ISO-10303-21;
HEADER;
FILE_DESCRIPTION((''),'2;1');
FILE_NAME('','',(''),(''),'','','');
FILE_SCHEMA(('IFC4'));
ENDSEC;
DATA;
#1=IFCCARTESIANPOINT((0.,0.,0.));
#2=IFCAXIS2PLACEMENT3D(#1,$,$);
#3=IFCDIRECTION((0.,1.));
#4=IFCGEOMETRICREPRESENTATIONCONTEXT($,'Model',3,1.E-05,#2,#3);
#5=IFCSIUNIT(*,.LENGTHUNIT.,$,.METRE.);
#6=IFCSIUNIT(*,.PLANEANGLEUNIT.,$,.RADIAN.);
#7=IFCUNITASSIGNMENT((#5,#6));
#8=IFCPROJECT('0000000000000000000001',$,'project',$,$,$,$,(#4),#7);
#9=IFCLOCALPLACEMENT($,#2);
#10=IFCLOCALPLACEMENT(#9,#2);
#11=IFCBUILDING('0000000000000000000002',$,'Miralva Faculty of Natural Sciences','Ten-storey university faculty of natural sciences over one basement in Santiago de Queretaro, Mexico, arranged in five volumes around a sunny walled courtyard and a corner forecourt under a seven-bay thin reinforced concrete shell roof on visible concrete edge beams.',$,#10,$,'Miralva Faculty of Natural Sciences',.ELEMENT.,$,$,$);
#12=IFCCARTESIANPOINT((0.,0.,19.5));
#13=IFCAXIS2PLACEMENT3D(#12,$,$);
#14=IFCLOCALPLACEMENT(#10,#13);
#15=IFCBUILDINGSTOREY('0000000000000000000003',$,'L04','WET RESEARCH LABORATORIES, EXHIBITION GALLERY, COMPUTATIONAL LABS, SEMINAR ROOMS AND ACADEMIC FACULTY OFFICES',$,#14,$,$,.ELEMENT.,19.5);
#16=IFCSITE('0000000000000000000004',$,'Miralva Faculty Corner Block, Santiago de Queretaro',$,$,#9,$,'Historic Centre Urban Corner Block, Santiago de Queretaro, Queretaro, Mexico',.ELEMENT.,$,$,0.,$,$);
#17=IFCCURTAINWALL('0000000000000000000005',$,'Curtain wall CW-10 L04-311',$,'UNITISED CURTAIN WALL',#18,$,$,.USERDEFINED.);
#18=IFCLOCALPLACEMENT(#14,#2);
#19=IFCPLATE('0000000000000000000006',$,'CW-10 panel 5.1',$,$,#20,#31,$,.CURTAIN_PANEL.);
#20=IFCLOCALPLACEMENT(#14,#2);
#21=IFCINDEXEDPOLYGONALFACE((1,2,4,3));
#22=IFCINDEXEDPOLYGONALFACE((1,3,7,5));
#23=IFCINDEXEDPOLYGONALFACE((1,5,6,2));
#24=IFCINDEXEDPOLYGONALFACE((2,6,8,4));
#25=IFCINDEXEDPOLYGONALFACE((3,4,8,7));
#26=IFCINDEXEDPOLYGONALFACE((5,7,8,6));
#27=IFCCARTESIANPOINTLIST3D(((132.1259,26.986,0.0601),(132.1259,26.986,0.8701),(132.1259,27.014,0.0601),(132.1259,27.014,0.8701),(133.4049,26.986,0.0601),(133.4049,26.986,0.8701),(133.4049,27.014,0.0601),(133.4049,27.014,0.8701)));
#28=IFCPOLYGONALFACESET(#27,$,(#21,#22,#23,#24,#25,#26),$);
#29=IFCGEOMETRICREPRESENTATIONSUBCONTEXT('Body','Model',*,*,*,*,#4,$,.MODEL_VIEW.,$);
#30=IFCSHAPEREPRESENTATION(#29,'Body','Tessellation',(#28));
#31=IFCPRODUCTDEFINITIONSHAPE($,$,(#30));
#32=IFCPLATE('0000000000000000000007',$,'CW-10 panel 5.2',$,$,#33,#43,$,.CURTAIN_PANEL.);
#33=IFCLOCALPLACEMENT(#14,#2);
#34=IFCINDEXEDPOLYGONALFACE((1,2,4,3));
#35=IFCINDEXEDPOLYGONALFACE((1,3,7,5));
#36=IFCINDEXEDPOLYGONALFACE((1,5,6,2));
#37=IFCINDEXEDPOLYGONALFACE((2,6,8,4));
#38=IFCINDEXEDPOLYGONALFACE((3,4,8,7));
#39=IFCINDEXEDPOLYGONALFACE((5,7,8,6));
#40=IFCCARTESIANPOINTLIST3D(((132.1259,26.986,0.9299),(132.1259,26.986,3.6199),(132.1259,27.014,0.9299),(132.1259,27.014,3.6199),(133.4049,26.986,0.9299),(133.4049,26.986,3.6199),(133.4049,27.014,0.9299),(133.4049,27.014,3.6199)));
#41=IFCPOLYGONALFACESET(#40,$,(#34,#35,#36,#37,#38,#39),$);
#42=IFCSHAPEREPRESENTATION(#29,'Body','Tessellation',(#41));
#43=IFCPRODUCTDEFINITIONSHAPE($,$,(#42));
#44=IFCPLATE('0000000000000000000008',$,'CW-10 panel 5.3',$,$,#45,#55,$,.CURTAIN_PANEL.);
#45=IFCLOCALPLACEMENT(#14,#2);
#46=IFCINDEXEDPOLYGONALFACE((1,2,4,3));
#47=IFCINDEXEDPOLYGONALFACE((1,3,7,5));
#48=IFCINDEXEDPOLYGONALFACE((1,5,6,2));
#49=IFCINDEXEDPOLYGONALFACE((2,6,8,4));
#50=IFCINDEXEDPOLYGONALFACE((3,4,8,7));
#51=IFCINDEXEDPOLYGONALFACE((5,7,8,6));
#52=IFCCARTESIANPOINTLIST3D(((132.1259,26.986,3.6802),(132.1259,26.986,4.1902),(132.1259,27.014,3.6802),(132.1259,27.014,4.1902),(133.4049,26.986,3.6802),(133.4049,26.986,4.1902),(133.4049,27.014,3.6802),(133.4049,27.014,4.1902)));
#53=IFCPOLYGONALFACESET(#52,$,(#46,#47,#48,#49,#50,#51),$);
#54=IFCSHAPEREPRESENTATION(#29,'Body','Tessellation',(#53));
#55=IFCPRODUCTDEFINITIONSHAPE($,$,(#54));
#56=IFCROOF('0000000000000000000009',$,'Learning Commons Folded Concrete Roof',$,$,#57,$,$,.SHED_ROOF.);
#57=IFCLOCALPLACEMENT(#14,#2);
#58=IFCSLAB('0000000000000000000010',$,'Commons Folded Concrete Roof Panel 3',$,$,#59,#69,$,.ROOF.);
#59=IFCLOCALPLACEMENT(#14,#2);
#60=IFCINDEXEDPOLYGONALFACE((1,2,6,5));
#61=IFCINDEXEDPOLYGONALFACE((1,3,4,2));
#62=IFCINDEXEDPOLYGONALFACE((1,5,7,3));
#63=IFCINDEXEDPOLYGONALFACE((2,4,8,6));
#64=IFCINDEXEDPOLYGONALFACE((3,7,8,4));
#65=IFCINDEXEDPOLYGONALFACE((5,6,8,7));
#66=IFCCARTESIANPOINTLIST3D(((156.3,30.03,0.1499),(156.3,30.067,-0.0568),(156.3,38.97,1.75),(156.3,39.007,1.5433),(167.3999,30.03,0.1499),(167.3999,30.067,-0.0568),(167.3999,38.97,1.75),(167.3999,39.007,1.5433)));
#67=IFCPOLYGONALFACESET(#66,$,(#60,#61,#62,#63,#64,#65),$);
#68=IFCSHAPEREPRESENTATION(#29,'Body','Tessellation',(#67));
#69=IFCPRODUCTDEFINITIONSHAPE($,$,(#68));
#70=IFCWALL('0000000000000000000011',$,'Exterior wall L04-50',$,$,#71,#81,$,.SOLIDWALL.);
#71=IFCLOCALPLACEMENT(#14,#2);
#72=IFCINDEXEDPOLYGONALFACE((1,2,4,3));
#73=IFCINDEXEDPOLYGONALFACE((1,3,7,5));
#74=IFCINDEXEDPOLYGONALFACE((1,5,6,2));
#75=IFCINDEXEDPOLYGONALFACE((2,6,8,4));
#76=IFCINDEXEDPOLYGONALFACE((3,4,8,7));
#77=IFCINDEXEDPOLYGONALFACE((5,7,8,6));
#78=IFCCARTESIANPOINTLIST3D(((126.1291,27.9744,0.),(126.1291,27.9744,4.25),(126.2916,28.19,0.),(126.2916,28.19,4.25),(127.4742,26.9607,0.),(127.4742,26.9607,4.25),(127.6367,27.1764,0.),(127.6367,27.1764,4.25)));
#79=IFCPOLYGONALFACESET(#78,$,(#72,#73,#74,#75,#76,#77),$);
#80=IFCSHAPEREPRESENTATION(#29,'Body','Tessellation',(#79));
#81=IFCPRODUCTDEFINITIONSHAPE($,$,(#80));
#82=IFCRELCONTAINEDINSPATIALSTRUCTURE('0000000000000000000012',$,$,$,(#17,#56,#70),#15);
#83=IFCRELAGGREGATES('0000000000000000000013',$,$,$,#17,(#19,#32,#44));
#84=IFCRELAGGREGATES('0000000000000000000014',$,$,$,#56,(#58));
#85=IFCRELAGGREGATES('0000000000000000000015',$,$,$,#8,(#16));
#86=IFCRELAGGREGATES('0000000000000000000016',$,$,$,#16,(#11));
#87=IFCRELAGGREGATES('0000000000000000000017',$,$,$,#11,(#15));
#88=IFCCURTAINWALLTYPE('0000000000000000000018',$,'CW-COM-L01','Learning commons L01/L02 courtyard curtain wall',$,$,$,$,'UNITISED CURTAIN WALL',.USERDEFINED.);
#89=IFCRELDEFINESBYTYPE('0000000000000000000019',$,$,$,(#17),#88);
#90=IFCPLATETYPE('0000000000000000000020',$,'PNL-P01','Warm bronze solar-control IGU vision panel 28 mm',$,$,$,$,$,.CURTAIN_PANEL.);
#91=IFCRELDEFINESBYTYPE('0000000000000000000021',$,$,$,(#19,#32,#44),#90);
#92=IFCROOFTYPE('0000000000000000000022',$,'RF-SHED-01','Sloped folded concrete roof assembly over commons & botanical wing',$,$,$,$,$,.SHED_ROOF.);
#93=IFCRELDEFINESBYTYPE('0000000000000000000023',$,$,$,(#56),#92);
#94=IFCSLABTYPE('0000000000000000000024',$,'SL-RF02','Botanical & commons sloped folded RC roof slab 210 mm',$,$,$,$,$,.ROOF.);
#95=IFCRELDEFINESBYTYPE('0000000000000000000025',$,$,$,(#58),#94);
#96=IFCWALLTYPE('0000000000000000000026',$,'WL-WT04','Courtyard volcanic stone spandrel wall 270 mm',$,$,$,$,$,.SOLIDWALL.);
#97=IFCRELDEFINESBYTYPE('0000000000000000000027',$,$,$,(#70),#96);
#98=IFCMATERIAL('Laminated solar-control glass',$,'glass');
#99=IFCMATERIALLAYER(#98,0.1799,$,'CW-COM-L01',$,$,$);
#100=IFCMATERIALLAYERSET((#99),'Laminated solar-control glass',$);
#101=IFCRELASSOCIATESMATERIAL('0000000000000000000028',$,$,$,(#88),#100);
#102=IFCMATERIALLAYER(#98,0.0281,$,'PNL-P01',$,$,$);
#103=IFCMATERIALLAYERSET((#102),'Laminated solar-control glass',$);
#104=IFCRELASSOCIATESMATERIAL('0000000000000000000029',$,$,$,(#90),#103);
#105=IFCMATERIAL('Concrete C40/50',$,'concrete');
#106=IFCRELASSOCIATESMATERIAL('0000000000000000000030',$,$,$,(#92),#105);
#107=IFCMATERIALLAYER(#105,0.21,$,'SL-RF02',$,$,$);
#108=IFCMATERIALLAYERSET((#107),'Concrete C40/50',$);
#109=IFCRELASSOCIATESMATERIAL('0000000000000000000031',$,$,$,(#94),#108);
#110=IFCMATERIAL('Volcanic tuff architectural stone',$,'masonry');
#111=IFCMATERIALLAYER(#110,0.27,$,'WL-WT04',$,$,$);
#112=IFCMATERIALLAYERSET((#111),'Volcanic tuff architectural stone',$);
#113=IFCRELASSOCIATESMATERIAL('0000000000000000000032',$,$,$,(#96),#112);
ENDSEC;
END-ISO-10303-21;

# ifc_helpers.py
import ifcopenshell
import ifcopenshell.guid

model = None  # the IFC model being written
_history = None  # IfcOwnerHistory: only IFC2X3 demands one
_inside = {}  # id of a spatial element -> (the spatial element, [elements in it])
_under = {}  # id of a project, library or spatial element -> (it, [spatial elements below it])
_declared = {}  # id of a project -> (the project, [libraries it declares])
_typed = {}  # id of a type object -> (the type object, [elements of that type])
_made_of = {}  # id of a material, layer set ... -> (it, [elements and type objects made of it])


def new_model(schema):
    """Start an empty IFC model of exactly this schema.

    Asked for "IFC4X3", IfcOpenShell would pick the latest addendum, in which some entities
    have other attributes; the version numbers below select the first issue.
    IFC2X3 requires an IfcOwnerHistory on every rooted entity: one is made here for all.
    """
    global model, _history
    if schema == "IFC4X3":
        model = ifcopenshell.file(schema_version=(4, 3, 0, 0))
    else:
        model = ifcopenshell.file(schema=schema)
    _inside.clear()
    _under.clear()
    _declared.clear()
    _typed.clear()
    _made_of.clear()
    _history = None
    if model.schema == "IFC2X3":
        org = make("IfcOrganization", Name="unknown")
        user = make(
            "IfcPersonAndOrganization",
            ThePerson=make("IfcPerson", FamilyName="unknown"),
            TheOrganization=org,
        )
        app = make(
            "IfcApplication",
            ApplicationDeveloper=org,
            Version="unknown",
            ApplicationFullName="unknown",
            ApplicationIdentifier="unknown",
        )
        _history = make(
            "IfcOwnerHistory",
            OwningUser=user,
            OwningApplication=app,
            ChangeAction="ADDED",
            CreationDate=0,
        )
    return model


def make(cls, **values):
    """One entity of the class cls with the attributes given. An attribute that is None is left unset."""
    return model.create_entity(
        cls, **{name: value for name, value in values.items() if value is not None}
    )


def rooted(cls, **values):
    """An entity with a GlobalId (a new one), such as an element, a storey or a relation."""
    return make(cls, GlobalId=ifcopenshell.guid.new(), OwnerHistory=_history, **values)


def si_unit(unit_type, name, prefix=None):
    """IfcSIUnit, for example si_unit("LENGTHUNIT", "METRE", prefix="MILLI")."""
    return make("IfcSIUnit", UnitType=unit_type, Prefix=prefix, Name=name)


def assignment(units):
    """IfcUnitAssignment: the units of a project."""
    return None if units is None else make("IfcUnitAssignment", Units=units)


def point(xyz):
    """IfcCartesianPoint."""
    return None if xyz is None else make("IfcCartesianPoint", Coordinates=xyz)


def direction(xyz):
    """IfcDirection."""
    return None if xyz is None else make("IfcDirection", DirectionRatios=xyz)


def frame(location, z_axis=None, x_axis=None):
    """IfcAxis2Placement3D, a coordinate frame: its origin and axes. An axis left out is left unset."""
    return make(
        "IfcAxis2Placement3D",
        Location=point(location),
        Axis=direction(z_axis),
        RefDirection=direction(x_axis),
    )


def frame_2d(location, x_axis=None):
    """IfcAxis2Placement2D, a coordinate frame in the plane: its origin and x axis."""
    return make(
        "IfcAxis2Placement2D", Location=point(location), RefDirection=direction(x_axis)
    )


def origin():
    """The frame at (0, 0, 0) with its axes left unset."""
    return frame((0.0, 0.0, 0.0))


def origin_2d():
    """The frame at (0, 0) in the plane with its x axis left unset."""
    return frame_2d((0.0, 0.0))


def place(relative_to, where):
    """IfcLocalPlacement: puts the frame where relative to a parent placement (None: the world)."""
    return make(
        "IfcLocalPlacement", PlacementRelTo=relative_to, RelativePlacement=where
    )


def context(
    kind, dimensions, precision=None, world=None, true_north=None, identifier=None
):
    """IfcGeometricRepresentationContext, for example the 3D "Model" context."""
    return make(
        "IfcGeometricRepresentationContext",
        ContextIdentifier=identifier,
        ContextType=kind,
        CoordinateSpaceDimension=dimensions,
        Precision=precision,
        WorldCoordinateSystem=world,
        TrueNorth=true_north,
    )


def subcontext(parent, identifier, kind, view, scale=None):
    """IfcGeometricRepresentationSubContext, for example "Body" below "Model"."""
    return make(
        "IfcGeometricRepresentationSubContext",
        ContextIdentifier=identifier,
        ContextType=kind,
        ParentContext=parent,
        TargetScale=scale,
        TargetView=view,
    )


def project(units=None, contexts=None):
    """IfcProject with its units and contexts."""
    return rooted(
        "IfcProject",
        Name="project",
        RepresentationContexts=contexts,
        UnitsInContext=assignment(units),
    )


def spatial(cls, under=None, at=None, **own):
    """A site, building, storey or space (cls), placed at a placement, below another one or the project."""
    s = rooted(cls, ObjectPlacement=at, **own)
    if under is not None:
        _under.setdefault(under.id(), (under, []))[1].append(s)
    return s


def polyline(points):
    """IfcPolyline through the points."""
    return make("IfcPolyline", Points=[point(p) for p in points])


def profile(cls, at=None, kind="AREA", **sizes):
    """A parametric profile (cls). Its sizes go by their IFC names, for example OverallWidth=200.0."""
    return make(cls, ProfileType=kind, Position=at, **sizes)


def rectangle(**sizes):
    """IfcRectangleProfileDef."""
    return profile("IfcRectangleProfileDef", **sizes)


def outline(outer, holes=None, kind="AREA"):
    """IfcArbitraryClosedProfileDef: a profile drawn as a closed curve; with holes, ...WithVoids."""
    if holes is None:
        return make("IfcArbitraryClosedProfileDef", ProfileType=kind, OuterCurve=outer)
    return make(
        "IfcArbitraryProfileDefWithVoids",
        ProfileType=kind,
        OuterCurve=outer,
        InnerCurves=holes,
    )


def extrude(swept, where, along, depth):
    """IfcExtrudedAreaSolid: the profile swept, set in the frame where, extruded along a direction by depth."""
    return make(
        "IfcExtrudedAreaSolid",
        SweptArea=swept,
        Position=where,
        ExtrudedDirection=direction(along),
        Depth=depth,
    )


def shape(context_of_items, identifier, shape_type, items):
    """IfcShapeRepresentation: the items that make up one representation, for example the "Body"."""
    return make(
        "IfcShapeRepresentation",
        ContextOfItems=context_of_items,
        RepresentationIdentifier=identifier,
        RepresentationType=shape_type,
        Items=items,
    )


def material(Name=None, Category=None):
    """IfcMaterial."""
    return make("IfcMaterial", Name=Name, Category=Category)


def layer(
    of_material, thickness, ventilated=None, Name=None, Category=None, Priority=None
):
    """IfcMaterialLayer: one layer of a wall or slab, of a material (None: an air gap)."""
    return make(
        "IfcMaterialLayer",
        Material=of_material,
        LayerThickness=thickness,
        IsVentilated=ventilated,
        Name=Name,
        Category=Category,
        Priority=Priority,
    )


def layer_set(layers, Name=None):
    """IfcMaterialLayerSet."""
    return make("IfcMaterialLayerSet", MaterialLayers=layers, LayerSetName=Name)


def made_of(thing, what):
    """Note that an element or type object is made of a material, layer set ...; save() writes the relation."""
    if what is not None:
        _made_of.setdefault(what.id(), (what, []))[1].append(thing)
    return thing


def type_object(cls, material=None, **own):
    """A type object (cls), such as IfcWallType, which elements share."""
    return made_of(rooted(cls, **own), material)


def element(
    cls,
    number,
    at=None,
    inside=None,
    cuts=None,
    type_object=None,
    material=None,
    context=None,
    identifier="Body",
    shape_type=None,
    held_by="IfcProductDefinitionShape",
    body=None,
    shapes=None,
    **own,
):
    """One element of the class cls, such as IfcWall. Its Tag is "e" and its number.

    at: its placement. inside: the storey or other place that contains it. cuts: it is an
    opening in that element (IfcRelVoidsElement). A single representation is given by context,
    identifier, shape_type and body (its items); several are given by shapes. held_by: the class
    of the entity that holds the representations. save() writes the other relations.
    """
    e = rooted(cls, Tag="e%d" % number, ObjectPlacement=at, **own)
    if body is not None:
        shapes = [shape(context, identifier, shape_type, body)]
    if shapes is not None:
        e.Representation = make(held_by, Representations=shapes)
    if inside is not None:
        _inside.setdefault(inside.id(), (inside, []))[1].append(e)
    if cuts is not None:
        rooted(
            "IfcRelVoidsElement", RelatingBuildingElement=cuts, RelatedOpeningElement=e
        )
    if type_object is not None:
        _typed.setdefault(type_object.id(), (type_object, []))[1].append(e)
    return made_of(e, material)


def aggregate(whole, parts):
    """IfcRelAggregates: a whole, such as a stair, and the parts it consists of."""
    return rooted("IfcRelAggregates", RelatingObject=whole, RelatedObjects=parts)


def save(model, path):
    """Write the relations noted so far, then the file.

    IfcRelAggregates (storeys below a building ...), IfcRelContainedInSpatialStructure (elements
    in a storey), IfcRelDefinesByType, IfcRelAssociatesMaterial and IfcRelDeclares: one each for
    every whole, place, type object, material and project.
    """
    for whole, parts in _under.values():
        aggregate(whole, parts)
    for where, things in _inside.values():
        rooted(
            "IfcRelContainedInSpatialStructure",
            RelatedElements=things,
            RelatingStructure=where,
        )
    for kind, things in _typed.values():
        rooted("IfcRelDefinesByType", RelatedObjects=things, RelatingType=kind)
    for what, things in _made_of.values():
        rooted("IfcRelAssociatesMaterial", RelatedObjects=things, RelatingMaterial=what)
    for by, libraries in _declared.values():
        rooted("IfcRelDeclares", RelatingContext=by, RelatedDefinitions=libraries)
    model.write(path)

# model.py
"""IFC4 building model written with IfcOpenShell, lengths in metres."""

from ifc_helpers import new_model, si_unit, direction, frame, frame_2d, origin, origin_2d, place, context, subcontext, project, spatial, polyline, rectangle, outline, extrude, material, layer, layer_set, type_object, element, aggregate, save


model = new_model("IFC4")

# Units and contexts
model_context = context("Model", 3, precision=1e-05, world=origin(), true_north=direction((0.0, 1.0)))
body_context = subcontext(model_context, "Body", "Model", "MODEL_VIEW")
ifc_project = project(units=[si_unit("LENGTHUNIT", "METRE"), si_unit("PLANEANGLEUNIT", "RADIAN")], contexts=[model_context])

# Site, building, storey
site_placement = place(None, origin())
site = spatial("IfcSite", under=ifc_project, at=site_placement, Name="Miralva Faculty Corner Block, Santiago de Queretaro", LongName="Historic Centre Urban Corner Block, Santiago de Queretaro, Queretaro, Mexico", CompositionType="ELEMENT", RefElevation=0.0)
building_placement = place(site_placement, origin())
building = spatial("IfcBuilding", under=site, at=building_placement, Name="Miralva Faculty of Natural Sciences", Description="Ten-storey university faculty of natural sciences over one basement in Santiago de Queretaro, Mexico, arranged in five volumes around a sunny walled courtyard and a corner forecourt under a seven-bay thin reinforced concrete shell roof on visible concrete edge beams.", LongName="Miralva Faculty of Natural Sciences", CompositionType="ELEMENT")
storey_placement = place(building_placement, frame((0.0, 0.0, 19.5)))
storey = spatial("IfcBuildingStorey", under=building, at=storey_placement, Name="L04", Description="WET RESEARCH LABORATORIES, EXHIBITION GALLERY, COMPUTATIONAL LABS, SEMINAR ROOMS AND ACADEMIC FACULTY OFFICES", CompositionType="ELEMENT", Elevation=19.5)

# Shared definitions
ifc_material_1 = material(Name="Concrete C40/50", Category="concrete")

# Shared definitions
ifc_material_2 = material(Name="Laminated solar-control glass", Category="glass")

# Curtain wall
ifc_layer_1 = layer(ifc_material_2, 0.1799, Name="CW-COM-L01")
ifc_layer_set_1 = layer_set([ifc_layer_1], Name="Laminated solar-control glass")
curtain_wall_type_1 = type_object("IfcCurtainWallType", Name="CW-COM-L01", Description="Learning commons L01/L02 courtyard curtain wall", ElementType="UNITISED CURTAIN WALL", PredefinedType="USERDEFINED", material=ifc_layer_set_1)
curtain_wall_1_placement = place(storey_placement, origin())
curtain_wall_1 = element("IfcCurtainWall", 1, at=curtain_wall_1_placement, inside=storey, type_object=curtain_wall_type_1, Name="Curtain wall CW-10 L04-311", ObjectType="UNITISED CURTAIN WALL", PredefinedType="USERDEFINED")

# Plates
ifc_layer_2 = layer(ifc_material_2, 0.0281, Name="PNL-P01")
ifc_layer_set_2 = layer_set([ifc_layer_2], Name="Laminated solar-control glass")
plate_type = type_object("IfcPlateType", Name="PNL-P01", Description="Warm bronze solar-control IGU vision panel 28 mm", PredefinedType="CURTAIN_PANEL", material=ifc_layer_set_2)
plate_1_placement = place(storey_placement, frame((132.7654, 27.0, 0.0601), z_axis=(0.0, 0.0, 1.0), x_axis=(1.0, 0.0, 0.0)))
plate_1 = element("IfcPlate", 2, at=plate_1_placement, type_object=plate_type, Name="CW-10 panel 5.1", PredefinedType="CURTAIN_PANEL", context=body_context, shape_type="SweptSolid", body=[
    extrude(rectangle(XDim=1.2791, YDim=0.0281, at=origin_2d()), origin(), (0.0, 0.0, 1.0), 0.8101),
])
plate_2_placement = place(storey_placement, frame((132.7654, 27.0, 0.9299), z_axis=(0.0, 0.0, 1.0), x_axis=(1.0, 0.0, 0.0)))
plate_2 = element("IfcPlate", 3, at=plate_2_placement, type_object=plate_type, Name="CW-10 panel 5.2", PredefinedType="CURTAIN_PANEL", context=body_context, shape_type="SweptSolid", body=[
    extrude(rectangle(XDim=1.2791, YDim=0.0281, at=origin_2d()), origin(), (0.0, 0.0, 1.0), 2.6899),
])
plate_3_placement = place(storey_placement, frame((132.7654, 27.0, 3.6802), z_axis=(0.0, 0.0, 1.0), x_axis=(1.0, 0.0, 0.0)))
plate_3 = element("IfcPlate", 4, at=plate_3_placement, type_object=plate_type, Name="CW-10 panel 5.3", PredefinedType="CURTAIN_PANEL", context=body_context, shape_type="SweptSolid", body=[
    extrude(rectangle(XDim=1.2791, YDim=0.0281, at=origin_2d()), origin(), (0.0, 0.0, 1.0), 0.51),
])
aggregate(curtain_wall_1, [plate_1, plate_2, plate_3])

# Roof, slab
roof_type = type_object("IfcRoofType", Name="RF-SHED-01", Description="Sloped folded concrete roof assembly over commons & botanical wing", PredefinedType="SHED_ROOF", material=ifc_material_1)
roof_placement = place(storey_placement, origin())
roof = element("IfcRoof", 5, at=roof_placement, inside=storey, type_object=roof_type, Name="Learning Commons Folded Concrete Roof", PredefinedType="SHED_ROOF")
ifc_layer_3 = layer(ifc_material_1, 0.21, Name="SL-RF02")
ifc_layer_set_3 = layer_set([ifc_layer_3], Name="Concrete C40/50")
slab_type = type_object("IfcSlabType", Name="SL-RF02", Description="Botanical & commons sloped folded RC roof slab 210 mm", PredefinedType="ROOF", material=ifc_layer_set_3)
slab_placement = place(storey_placement, frame((156.3, 30.03, 0.1499), z_axis=(0.0, -0.176183, 0.984357), x_axis=(1.0, 0.0, 0.0)))
slab = element("IfcSlab", 6, at=slab_placement, type_object=slab_type, Name="Commons Folded Concrete Roof Panel 3", PredefinedType="ROOF", context=body_context, shape_type="SweptSolid", body=[
    extrude(outline(polyline([(0.0, 0.0), (11.0999, 0.0), (11.0999, 9.082), (0.0, 9.082), (0.0, 0.0)])), origin(), (0.0, 0.0, -1.0), 0.21),
])
aggregate(roof, [slab])

# Wall
ifc_material_3 = material(Name="Volcanic tuff architectural stone", Category="masonry")
ifc_layer_4 = layer(ifc_material_3, 0.27, Name="WL-WT04")
ifc_layer_set_4 = layer_set([ifc_layer_4], Name="Volcanic tuff architectural stone")
wall_type = type_object("IfcWallType", Name="WL-WT04", Description="Courtyard volcanic stone spandrel wall 270 mm", PredefinedType="SOLIDWALL", material=ifc_layer_set_4)
wall_placement = place(storey_placement, frame((126.2102, 28.0823, 0.0), z_axis=(0.0, 0.0, 1.0), x_axis=(0.798641, -0.601807, 0.0)))
element("IfcWall", 7, at=wall_placement, inside=storey, type_object=wall_type, Name="Exterior wall L04-50", PredefinedType="SOLIDWALL", context=body_context, shape_type="SweptSolid", body=[
    extrude(rectangle(XDim=1.6843, YDim=0.27, at=frame_2d((0.8423, 0.0))), origin(), (0.0, 0.0, 1.0), 4.25),
])

save(model, "model.ifc")
